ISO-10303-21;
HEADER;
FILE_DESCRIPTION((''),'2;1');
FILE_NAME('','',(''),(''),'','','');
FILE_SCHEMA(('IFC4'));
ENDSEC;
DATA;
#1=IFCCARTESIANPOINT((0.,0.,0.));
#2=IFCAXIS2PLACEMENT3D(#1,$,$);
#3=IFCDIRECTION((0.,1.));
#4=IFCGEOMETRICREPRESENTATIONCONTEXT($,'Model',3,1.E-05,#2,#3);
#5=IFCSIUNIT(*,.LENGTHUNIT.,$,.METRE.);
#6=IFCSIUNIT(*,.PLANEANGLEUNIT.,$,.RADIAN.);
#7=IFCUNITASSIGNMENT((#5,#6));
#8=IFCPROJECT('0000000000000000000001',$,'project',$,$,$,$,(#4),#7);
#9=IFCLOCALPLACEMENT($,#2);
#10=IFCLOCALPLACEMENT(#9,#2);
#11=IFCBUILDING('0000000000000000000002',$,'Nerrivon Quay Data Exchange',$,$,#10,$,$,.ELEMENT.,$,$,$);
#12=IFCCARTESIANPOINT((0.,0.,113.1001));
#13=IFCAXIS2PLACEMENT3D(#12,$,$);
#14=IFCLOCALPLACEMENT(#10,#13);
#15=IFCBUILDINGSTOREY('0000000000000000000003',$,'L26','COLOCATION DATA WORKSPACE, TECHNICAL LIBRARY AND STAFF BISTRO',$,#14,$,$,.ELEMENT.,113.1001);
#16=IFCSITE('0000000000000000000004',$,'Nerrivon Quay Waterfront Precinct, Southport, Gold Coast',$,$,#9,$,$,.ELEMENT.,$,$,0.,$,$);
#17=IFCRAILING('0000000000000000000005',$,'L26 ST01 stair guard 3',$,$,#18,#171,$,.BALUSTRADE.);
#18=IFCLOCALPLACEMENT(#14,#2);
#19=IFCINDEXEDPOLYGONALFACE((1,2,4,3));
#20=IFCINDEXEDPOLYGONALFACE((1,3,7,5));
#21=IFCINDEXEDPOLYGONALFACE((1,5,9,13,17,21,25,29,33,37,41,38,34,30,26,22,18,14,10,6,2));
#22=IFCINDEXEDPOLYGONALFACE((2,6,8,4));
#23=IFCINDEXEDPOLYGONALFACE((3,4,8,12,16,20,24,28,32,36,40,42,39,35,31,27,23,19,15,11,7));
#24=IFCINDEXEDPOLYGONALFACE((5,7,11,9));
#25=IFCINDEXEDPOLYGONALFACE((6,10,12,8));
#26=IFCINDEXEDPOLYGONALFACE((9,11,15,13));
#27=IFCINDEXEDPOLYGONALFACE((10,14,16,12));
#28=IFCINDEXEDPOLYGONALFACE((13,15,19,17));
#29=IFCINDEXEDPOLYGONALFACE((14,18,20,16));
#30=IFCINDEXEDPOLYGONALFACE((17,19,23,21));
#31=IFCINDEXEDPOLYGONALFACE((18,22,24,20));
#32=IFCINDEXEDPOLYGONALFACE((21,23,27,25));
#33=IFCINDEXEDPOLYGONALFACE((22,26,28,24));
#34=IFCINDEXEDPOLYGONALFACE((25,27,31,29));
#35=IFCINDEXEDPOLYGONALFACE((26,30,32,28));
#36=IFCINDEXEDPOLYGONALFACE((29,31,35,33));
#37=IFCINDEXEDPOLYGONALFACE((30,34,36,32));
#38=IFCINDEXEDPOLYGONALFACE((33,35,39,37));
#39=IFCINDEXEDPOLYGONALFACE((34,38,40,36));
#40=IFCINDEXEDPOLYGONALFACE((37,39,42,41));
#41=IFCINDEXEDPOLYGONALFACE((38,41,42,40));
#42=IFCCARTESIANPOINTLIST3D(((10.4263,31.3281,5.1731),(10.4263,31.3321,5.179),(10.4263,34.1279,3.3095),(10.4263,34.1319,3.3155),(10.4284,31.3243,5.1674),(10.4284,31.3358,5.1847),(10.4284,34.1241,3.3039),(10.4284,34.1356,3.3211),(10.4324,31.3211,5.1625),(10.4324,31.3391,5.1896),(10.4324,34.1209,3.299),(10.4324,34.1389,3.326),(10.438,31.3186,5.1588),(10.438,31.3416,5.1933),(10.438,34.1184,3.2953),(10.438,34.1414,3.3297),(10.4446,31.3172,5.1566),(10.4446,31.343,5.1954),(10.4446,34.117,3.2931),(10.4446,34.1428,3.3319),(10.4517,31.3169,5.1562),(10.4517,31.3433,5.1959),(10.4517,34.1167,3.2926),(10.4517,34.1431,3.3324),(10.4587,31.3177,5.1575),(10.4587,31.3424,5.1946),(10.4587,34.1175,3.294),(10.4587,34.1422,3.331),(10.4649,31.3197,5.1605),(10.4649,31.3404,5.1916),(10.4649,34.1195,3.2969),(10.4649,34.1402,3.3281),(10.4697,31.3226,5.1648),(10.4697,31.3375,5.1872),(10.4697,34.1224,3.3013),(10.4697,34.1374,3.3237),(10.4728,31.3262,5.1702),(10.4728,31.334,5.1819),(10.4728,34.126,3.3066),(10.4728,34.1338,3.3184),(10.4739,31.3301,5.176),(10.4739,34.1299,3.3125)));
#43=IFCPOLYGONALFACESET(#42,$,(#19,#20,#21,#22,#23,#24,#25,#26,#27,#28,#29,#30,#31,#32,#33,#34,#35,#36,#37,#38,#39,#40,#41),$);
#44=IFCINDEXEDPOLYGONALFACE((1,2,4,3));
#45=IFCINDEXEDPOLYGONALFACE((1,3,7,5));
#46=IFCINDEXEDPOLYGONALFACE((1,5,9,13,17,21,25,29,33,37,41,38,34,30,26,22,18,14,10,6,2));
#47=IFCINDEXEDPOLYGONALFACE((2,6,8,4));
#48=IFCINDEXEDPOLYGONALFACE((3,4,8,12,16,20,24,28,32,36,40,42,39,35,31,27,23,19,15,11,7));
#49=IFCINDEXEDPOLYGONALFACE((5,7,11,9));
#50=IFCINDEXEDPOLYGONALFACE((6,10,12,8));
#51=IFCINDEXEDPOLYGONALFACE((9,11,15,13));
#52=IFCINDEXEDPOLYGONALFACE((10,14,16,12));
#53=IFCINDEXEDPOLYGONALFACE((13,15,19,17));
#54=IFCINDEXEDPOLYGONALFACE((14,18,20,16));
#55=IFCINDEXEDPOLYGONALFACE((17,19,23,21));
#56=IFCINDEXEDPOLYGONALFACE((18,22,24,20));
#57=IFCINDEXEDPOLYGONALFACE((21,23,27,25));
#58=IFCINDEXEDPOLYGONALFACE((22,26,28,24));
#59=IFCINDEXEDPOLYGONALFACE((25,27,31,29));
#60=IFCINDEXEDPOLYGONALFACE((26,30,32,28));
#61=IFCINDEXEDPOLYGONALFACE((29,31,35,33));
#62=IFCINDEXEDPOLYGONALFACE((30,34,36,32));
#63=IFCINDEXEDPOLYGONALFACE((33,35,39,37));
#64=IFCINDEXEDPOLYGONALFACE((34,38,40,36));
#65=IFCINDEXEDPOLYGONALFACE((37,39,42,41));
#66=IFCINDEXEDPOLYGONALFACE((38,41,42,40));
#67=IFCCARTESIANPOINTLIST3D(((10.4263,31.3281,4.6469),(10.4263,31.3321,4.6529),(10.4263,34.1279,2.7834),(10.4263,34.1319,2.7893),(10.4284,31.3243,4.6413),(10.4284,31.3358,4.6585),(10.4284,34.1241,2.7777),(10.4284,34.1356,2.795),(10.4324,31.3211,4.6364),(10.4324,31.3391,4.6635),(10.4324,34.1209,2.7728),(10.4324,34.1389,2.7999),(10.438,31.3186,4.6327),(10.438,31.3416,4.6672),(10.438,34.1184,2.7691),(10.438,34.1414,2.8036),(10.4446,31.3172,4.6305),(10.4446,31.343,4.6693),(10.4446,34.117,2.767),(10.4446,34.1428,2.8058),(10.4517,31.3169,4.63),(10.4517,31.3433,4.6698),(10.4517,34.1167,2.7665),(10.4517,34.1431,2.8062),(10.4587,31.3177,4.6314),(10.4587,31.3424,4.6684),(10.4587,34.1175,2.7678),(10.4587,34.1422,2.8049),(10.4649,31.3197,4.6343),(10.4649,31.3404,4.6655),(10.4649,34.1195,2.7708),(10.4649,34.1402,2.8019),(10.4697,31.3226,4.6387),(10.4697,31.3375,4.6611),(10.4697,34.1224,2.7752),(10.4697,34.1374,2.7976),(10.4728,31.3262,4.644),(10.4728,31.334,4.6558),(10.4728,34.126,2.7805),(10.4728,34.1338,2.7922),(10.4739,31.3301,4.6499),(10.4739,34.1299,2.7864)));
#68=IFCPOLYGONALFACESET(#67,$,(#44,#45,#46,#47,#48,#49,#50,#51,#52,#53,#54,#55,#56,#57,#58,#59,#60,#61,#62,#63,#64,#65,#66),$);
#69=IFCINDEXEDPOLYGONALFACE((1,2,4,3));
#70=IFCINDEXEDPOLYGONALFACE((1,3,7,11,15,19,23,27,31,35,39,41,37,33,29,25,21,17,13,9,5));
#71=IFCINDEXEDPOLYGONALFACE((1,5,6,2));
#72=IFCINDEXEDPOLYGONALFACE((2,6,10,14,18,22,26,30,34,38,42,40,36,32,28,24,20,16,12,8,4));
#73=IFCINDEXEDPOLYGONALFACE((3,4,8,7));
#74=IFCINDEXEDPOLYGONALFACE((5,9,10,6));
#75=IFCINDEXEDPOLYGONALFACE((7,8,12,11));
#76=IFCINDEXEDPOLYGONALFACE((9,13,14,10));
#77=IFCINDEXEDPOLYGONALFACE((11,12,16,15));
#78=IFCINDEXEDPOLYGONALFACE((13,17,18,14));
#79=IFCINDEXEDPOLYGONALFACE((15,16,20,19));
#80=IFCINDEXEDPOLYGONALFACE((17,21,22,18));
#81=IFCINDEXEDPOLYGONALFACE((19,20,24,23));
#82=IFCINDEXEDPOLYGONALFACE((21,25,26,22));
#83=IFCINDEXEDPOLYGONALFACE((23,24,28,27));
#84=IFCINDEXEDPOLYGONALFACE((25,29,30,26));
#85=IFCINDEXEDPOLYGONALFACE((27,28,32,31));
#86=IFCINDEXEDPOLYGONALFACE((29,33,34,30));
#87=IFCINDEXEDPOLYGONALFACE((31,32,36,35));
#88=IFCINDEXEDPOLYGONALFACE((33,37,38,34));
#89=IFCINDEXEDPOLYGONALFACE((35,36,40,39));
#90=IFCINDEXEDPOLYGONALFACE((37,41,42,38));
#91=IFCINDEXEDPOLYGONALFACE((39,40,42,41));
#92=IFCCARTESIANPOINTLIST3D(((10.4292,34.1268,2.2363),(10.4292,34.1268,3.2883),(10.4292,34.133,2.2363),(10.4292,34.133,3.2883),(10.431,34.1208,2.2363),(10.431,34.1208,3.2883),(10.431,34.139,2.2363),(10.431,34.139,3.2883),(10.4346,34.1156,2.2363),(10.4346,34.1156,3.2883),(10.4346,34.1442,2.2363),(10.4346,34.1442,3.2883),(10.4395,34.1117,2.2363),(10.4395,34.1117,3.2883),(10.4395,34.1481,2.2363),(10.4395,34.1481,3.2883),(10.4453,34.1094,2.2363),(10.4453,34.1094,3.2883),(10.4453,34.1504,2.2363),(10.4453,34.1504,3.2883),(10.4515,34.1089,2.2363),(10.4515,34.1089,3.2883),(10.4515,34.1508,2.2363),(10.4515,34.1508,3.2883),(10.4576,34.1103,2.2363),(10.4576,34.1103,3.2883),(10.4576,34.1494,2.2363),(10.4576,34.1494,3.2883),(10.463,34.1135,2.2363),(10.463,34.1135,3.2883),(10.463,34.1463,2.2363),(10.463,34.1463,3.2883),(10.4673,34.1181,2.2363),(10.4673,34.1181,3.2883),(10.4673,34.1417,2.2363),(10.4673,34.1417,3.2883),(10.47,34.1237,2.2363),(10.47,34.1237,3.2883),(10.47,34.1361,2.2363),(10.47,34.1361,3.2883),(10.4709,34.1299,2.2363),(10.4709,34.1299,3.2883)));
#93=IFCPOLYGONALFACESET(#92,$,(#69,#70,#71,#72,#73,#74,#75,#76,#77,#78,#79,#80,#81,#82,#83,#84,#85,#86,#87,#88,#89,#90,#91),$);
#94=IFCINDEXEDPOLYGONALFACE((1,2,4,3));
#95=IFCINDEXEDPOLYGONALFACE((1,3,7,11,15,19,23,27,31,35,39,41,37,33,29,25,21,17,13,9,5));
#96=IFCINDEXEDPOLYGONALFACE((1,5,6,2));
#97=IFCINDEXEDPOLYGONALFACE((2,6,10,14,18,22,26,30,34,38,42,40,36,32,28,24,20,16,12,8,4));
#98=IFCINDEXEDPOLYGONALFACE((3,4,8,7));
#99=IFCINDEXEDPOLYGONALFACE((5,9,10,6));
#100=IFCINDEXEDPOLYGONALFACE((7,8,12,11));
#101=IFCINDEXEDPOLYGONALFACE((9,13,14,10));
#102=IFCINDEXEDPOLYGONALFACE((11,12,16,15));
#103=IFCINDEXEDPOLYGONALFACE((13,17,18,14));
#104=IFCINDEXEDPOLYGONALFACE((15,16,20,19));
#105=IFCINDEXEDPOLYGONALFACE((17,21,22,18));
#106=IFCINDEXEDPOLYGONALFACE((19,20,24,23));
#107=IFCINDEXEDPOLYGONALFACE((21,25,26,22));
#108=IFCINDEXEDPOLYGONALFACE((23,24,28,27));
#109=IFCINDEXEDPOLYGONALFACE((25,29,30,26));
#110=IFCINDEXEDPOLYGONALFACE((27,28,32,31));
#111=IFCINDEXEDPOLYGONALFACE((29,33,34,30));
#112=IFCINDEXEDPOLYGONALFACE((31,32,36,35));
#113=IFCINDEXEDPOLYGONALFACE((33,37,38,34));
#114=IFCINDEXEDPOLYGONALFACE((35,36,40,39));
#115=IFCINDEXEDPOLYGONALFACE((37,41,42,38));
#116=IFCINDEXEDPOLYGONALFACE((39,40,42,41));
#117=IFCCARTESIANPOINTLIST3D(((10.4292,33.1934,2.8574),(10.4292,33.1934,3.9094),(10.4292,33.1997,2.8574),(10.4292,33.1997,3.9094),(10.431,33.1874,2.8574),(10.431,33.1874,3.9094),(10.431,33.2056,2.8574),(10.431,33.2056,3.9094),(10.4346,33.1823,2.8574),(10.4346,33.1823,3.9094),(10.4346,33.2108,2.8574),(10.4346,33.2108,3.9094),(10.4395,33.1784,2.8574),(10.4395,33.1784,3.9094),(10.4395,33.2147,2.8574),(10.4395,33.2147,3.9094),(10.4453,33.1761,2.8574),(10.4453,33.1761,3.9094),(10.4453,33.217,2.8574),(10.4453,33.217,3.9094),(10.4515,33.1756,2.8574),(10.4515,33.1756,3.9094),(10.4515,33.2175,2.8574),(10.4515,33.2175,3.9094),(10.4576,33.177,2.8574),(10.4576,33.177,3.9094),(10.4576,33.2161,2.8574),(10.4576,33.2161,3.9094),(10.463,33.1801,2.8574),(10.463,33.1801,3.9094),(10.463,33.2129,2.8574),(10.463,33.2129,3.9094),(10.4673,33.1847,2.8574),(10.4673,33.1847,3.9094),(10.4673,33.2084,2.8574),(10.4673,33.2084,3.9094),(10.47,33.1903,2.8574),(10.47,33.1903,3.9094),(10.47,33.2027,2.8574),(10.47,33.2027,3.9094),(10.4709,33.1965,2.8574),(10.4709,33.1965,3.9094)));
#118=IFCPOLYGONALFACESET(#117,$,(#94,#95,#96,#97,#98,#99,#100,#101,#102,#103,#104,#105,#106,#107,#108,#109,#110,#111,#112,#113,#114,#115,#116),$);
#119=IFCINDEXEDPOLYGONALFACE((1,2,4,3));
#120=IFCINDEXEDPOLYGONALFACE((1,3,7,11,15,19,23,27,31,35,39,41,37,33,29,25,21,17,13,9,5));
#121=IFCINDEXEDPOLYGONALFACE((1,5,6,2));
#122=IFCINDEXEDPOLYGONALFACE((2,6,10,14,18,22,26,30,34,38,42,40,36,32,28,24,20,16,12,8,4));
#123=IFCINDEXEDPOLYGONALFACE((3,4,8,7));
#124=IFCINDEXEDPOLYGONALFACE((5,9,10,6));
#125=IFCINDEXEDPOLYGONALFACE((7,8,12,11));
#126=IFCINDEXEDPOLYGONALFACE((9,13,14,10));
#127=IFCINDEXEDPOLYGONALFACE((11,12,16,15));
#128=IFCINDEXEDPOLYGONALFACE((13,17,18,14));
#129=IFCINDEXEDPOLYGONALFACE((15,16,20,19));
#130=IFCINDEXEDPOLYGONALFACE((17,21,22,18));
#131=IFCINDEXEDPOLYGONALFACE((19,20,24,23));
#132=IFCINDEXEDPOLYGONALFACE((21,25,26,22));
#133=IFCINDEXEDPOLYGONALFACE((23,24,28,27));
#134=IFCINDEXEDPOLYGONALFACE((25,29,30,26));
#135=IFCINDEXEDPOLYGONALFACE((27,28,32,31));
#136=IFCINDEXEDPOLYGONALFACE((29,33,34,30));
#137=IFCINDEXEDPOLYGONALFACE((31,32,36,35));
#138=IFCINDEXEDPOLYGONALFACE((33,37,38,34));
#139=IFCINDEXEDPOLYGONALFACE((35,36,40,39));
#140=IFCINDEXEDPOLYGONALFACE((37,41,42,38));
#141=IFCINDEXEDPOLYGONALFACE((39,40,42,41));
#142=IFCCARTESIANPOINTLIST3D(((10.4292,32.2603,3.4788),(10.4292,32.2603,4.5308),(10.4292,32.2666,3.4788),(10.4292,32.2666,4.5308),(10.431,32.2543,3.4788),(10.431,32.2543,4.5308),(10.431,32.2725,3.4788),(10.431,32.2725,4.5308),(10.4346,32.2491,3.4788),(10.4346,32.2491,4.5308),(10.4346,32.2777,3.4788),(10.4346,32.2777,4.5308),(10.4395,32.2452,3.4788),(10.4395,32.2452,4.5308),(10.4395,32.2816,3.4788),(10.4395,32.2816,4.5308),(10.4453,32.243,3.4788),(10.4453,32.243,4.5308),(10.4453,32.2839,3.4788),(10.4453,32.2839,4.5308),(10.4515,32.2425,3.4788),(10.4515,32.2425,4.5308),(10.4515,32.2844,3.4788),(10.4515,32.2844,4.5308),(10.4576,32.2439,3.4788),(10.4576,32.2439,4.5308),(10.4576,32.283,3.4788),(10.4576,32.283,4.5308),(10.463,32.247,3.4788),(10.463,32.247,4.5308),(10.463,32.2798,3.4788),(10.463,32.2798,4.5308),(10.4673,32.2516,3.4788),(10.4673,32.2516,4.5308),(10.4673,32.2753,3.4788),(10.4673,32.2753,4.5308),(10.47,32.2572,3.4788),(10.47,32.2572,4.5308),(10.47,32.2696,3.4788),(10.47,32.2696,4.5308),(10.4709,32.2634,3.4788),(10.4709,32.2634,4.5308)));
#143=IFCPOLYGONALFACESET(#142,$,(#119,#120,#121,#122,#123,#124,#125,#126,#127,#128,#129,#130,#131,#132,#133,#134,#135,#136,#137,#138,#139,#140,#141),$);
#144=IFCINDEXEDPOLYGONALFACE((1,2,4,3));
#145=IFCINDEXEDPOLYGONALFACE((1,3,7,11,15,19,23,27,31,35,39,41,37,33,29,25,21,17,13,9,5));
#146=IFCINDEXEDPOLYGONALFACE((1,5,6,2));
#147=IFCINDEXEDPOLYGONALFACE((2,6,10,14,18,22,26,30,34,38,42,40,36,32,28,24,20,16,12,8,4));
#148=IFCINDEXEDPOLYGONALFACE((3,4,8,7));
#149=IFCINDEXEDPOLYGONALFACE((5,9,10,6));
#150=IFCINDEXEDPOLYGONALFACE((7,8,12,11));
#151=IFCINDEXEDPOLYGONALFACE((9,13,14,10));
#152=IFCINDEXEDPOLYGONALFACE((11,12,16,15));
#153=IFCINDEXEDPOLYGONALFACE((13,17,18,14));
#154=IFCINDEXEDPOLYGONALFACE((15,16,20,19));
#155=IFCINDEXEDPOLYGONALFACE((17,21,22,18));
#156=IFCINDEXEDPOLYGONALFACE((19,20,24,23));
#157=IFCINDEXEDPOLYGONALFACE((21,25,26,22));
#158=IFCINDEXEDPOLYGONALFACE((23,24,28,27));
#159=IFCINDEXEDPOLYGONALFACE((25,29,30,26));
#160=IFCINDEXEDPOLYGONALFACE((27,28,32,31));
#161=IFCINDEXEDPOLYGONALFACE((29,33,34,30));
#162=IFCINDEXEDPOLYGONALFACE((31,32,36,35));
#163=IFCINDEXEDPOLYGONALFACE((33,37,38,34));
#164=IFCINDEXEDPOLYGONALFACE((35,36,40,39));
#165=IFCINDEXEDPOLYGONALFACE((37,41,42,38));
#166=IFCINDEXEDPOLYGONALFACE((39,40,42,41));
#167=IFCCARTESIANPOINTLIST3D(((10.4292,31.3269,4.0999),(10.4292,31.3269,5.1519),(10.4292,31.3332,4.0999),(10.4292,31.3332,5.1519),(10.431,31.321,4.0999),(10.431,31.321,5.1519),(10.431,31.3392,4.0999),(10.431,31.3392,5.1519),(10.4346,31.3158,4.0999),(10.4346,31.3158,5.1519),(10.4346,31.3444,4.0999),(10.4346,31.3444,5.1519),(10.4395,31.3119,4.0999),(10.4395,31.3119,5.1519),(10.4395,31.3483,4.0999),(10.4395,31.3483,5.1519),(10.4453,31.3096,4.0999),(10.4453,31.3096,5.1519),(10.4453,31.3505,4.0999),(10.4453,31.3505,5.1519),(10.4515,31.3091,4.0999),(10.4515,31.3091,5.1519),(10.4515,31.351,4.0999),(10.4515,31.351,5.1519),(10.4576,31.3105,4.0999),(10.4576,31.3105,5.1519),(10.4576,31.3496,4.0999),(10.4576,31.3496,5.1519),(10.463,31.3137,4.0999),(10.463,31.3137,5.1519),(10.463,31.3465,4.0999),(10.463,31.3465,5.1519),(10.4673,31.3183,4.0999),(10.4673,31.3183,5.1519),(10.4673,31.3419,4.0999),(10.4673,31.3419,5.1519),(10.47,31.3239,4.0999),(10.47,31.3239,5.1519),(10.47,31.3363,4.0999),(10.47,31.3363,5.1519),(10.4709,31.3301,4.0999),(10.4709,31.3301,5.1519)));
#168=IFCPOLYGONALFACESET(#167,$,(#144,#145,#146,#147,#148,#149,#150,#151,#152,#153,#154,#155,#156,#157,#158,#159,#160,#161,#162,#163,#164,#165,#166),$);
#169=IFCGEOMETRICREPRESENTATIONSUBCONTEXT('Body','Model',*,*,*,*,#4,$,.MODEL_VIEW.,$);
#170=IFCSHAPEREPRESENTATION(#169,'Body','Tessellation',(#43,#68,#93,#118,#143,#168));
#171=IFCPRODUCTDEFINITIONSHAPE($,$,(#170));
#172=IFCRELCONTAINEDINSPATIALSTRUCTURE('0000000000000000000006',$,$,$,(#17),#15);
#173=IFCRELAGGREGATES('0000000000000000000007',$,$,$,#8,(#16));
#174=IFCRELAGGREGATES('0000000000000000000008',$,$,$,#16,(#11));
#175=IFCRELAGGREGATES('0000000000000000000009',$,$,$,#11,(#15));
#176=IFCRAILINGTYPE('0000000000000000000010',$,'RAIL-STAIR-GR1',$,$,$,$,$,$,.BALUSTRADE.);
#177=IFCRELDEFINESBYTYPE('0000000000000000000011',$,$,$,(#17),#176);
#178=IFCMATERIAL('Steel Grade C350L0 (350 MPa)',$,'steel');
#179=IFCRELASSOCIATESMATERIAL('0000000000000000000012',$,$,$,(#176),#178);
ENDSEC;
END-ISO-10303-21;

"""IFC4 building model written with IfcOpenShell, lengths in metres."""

from ifc_helpers import new_model, si_unit, direction, frame, origin, origin_2d, place, context, subcontext, project, spatial, circle, extrude, material, type_object, element, save


model = new_model("IFC4")

# Units and contexts
model_context = context("Model", 3, precision=1e-05, world=origin(), true_north=direction((0.0, 1.0)))
body_context = subcontext(model_context, "Body", "Model", "MODEL_VIEW")
ifc_project = project(units=[si_unit("LENGTHUNIT", "METRE"), si_unit("PLANEANGLEUNIT", "RADIAN")], contexts=[model_context])

# Site, building, storey
site_placement = place(None, origin())
site = spatial("IfcSite", under=ifc_project, at=site_placement, Name="Nerrivon Quay Waterfront Precinct, Southport, Gold Coast", CompositionType="ELEMENT", RefElevation=0.0)
building_placement = place(site_placement, origin())
building = spatial("IfcBuilding", under=site, at=building_placement, Name="Nerrivon Quay Data Exchange", CompositionType="ELEMENT")
storey_placement = place(building_placement, frame((0.0, 0.0, 113.1001)))
storey = spatial("IfcBuildingStorey", under=building, at=storey_placement, Name="L26", Description="COLOCATION DATA WORKSPACE, TECHNICAL LIBRARY AND STAFF BISTRO", CompositionType="ELEMENT", Elevation=113.1001)

# Railing
ifc_material_1 = material(Name="Steel Grade C350L0 (350 MPa)", Category="steel")
railing_type_1 = type_object("IfcRailingType", Name="RAIL-STAIR-GR1", PredefinedType="BALUSTRADE", material=ifc_material_1)
railing_1_placement = place(storey_placement, frame((10.45, 34.1299, 2.2363)))
element("IfcRailing", 1, at=railing_1_placement, inside=storey, type_object=railing_type_1, Name="L26 ST01 stair guard 3", PredefinedType="BALUSTRADE", context=body_context, shape_type="SweptSolid", body=[
    extrude(circle(Radius=0.0239, at=origin_2d()), frame((0.0, 0.0, 1.0762), z_axis=(0.0, -0.832463, 0.55408), x_axis=(1.0, 0.0, 0.0)), (0.0, 0.0, 1.0), 3.3633),
    extrude(circle(Radius=0.0239, at=origin_2d()), frame((0.0, 0.0, 0.55), z_axis=(0.0, -0.832463, 0.55408), x_axis=(1.0, 0.0, 0.0)), (0.0, 0.0, 1.0), 3.3633),
    extrude(circle(Radius=0.021, at=origin_2d()), origin(), (0.0, 0.0, 1.0), 1.052),
    extrude(circle(Radius=0.021, at=origin_2d()), frame((0.0, -0.9333, 0.6211)), (0.0, 0.0, 1.0), 1.052),
    extrude(circle(Radius=0.021, at=origin_2d()), frame((0.0, -1.8665, 1.2424)), (0.0, 0.0, 1.0), 1.052),
    extrude(circle(Radius=0.021, at=origin_2d()), frame((0.0, -2.7998, 1.8635)), (0.0, 0.0, 1.0), 1.052),
])

save(model, "model.ifc")
